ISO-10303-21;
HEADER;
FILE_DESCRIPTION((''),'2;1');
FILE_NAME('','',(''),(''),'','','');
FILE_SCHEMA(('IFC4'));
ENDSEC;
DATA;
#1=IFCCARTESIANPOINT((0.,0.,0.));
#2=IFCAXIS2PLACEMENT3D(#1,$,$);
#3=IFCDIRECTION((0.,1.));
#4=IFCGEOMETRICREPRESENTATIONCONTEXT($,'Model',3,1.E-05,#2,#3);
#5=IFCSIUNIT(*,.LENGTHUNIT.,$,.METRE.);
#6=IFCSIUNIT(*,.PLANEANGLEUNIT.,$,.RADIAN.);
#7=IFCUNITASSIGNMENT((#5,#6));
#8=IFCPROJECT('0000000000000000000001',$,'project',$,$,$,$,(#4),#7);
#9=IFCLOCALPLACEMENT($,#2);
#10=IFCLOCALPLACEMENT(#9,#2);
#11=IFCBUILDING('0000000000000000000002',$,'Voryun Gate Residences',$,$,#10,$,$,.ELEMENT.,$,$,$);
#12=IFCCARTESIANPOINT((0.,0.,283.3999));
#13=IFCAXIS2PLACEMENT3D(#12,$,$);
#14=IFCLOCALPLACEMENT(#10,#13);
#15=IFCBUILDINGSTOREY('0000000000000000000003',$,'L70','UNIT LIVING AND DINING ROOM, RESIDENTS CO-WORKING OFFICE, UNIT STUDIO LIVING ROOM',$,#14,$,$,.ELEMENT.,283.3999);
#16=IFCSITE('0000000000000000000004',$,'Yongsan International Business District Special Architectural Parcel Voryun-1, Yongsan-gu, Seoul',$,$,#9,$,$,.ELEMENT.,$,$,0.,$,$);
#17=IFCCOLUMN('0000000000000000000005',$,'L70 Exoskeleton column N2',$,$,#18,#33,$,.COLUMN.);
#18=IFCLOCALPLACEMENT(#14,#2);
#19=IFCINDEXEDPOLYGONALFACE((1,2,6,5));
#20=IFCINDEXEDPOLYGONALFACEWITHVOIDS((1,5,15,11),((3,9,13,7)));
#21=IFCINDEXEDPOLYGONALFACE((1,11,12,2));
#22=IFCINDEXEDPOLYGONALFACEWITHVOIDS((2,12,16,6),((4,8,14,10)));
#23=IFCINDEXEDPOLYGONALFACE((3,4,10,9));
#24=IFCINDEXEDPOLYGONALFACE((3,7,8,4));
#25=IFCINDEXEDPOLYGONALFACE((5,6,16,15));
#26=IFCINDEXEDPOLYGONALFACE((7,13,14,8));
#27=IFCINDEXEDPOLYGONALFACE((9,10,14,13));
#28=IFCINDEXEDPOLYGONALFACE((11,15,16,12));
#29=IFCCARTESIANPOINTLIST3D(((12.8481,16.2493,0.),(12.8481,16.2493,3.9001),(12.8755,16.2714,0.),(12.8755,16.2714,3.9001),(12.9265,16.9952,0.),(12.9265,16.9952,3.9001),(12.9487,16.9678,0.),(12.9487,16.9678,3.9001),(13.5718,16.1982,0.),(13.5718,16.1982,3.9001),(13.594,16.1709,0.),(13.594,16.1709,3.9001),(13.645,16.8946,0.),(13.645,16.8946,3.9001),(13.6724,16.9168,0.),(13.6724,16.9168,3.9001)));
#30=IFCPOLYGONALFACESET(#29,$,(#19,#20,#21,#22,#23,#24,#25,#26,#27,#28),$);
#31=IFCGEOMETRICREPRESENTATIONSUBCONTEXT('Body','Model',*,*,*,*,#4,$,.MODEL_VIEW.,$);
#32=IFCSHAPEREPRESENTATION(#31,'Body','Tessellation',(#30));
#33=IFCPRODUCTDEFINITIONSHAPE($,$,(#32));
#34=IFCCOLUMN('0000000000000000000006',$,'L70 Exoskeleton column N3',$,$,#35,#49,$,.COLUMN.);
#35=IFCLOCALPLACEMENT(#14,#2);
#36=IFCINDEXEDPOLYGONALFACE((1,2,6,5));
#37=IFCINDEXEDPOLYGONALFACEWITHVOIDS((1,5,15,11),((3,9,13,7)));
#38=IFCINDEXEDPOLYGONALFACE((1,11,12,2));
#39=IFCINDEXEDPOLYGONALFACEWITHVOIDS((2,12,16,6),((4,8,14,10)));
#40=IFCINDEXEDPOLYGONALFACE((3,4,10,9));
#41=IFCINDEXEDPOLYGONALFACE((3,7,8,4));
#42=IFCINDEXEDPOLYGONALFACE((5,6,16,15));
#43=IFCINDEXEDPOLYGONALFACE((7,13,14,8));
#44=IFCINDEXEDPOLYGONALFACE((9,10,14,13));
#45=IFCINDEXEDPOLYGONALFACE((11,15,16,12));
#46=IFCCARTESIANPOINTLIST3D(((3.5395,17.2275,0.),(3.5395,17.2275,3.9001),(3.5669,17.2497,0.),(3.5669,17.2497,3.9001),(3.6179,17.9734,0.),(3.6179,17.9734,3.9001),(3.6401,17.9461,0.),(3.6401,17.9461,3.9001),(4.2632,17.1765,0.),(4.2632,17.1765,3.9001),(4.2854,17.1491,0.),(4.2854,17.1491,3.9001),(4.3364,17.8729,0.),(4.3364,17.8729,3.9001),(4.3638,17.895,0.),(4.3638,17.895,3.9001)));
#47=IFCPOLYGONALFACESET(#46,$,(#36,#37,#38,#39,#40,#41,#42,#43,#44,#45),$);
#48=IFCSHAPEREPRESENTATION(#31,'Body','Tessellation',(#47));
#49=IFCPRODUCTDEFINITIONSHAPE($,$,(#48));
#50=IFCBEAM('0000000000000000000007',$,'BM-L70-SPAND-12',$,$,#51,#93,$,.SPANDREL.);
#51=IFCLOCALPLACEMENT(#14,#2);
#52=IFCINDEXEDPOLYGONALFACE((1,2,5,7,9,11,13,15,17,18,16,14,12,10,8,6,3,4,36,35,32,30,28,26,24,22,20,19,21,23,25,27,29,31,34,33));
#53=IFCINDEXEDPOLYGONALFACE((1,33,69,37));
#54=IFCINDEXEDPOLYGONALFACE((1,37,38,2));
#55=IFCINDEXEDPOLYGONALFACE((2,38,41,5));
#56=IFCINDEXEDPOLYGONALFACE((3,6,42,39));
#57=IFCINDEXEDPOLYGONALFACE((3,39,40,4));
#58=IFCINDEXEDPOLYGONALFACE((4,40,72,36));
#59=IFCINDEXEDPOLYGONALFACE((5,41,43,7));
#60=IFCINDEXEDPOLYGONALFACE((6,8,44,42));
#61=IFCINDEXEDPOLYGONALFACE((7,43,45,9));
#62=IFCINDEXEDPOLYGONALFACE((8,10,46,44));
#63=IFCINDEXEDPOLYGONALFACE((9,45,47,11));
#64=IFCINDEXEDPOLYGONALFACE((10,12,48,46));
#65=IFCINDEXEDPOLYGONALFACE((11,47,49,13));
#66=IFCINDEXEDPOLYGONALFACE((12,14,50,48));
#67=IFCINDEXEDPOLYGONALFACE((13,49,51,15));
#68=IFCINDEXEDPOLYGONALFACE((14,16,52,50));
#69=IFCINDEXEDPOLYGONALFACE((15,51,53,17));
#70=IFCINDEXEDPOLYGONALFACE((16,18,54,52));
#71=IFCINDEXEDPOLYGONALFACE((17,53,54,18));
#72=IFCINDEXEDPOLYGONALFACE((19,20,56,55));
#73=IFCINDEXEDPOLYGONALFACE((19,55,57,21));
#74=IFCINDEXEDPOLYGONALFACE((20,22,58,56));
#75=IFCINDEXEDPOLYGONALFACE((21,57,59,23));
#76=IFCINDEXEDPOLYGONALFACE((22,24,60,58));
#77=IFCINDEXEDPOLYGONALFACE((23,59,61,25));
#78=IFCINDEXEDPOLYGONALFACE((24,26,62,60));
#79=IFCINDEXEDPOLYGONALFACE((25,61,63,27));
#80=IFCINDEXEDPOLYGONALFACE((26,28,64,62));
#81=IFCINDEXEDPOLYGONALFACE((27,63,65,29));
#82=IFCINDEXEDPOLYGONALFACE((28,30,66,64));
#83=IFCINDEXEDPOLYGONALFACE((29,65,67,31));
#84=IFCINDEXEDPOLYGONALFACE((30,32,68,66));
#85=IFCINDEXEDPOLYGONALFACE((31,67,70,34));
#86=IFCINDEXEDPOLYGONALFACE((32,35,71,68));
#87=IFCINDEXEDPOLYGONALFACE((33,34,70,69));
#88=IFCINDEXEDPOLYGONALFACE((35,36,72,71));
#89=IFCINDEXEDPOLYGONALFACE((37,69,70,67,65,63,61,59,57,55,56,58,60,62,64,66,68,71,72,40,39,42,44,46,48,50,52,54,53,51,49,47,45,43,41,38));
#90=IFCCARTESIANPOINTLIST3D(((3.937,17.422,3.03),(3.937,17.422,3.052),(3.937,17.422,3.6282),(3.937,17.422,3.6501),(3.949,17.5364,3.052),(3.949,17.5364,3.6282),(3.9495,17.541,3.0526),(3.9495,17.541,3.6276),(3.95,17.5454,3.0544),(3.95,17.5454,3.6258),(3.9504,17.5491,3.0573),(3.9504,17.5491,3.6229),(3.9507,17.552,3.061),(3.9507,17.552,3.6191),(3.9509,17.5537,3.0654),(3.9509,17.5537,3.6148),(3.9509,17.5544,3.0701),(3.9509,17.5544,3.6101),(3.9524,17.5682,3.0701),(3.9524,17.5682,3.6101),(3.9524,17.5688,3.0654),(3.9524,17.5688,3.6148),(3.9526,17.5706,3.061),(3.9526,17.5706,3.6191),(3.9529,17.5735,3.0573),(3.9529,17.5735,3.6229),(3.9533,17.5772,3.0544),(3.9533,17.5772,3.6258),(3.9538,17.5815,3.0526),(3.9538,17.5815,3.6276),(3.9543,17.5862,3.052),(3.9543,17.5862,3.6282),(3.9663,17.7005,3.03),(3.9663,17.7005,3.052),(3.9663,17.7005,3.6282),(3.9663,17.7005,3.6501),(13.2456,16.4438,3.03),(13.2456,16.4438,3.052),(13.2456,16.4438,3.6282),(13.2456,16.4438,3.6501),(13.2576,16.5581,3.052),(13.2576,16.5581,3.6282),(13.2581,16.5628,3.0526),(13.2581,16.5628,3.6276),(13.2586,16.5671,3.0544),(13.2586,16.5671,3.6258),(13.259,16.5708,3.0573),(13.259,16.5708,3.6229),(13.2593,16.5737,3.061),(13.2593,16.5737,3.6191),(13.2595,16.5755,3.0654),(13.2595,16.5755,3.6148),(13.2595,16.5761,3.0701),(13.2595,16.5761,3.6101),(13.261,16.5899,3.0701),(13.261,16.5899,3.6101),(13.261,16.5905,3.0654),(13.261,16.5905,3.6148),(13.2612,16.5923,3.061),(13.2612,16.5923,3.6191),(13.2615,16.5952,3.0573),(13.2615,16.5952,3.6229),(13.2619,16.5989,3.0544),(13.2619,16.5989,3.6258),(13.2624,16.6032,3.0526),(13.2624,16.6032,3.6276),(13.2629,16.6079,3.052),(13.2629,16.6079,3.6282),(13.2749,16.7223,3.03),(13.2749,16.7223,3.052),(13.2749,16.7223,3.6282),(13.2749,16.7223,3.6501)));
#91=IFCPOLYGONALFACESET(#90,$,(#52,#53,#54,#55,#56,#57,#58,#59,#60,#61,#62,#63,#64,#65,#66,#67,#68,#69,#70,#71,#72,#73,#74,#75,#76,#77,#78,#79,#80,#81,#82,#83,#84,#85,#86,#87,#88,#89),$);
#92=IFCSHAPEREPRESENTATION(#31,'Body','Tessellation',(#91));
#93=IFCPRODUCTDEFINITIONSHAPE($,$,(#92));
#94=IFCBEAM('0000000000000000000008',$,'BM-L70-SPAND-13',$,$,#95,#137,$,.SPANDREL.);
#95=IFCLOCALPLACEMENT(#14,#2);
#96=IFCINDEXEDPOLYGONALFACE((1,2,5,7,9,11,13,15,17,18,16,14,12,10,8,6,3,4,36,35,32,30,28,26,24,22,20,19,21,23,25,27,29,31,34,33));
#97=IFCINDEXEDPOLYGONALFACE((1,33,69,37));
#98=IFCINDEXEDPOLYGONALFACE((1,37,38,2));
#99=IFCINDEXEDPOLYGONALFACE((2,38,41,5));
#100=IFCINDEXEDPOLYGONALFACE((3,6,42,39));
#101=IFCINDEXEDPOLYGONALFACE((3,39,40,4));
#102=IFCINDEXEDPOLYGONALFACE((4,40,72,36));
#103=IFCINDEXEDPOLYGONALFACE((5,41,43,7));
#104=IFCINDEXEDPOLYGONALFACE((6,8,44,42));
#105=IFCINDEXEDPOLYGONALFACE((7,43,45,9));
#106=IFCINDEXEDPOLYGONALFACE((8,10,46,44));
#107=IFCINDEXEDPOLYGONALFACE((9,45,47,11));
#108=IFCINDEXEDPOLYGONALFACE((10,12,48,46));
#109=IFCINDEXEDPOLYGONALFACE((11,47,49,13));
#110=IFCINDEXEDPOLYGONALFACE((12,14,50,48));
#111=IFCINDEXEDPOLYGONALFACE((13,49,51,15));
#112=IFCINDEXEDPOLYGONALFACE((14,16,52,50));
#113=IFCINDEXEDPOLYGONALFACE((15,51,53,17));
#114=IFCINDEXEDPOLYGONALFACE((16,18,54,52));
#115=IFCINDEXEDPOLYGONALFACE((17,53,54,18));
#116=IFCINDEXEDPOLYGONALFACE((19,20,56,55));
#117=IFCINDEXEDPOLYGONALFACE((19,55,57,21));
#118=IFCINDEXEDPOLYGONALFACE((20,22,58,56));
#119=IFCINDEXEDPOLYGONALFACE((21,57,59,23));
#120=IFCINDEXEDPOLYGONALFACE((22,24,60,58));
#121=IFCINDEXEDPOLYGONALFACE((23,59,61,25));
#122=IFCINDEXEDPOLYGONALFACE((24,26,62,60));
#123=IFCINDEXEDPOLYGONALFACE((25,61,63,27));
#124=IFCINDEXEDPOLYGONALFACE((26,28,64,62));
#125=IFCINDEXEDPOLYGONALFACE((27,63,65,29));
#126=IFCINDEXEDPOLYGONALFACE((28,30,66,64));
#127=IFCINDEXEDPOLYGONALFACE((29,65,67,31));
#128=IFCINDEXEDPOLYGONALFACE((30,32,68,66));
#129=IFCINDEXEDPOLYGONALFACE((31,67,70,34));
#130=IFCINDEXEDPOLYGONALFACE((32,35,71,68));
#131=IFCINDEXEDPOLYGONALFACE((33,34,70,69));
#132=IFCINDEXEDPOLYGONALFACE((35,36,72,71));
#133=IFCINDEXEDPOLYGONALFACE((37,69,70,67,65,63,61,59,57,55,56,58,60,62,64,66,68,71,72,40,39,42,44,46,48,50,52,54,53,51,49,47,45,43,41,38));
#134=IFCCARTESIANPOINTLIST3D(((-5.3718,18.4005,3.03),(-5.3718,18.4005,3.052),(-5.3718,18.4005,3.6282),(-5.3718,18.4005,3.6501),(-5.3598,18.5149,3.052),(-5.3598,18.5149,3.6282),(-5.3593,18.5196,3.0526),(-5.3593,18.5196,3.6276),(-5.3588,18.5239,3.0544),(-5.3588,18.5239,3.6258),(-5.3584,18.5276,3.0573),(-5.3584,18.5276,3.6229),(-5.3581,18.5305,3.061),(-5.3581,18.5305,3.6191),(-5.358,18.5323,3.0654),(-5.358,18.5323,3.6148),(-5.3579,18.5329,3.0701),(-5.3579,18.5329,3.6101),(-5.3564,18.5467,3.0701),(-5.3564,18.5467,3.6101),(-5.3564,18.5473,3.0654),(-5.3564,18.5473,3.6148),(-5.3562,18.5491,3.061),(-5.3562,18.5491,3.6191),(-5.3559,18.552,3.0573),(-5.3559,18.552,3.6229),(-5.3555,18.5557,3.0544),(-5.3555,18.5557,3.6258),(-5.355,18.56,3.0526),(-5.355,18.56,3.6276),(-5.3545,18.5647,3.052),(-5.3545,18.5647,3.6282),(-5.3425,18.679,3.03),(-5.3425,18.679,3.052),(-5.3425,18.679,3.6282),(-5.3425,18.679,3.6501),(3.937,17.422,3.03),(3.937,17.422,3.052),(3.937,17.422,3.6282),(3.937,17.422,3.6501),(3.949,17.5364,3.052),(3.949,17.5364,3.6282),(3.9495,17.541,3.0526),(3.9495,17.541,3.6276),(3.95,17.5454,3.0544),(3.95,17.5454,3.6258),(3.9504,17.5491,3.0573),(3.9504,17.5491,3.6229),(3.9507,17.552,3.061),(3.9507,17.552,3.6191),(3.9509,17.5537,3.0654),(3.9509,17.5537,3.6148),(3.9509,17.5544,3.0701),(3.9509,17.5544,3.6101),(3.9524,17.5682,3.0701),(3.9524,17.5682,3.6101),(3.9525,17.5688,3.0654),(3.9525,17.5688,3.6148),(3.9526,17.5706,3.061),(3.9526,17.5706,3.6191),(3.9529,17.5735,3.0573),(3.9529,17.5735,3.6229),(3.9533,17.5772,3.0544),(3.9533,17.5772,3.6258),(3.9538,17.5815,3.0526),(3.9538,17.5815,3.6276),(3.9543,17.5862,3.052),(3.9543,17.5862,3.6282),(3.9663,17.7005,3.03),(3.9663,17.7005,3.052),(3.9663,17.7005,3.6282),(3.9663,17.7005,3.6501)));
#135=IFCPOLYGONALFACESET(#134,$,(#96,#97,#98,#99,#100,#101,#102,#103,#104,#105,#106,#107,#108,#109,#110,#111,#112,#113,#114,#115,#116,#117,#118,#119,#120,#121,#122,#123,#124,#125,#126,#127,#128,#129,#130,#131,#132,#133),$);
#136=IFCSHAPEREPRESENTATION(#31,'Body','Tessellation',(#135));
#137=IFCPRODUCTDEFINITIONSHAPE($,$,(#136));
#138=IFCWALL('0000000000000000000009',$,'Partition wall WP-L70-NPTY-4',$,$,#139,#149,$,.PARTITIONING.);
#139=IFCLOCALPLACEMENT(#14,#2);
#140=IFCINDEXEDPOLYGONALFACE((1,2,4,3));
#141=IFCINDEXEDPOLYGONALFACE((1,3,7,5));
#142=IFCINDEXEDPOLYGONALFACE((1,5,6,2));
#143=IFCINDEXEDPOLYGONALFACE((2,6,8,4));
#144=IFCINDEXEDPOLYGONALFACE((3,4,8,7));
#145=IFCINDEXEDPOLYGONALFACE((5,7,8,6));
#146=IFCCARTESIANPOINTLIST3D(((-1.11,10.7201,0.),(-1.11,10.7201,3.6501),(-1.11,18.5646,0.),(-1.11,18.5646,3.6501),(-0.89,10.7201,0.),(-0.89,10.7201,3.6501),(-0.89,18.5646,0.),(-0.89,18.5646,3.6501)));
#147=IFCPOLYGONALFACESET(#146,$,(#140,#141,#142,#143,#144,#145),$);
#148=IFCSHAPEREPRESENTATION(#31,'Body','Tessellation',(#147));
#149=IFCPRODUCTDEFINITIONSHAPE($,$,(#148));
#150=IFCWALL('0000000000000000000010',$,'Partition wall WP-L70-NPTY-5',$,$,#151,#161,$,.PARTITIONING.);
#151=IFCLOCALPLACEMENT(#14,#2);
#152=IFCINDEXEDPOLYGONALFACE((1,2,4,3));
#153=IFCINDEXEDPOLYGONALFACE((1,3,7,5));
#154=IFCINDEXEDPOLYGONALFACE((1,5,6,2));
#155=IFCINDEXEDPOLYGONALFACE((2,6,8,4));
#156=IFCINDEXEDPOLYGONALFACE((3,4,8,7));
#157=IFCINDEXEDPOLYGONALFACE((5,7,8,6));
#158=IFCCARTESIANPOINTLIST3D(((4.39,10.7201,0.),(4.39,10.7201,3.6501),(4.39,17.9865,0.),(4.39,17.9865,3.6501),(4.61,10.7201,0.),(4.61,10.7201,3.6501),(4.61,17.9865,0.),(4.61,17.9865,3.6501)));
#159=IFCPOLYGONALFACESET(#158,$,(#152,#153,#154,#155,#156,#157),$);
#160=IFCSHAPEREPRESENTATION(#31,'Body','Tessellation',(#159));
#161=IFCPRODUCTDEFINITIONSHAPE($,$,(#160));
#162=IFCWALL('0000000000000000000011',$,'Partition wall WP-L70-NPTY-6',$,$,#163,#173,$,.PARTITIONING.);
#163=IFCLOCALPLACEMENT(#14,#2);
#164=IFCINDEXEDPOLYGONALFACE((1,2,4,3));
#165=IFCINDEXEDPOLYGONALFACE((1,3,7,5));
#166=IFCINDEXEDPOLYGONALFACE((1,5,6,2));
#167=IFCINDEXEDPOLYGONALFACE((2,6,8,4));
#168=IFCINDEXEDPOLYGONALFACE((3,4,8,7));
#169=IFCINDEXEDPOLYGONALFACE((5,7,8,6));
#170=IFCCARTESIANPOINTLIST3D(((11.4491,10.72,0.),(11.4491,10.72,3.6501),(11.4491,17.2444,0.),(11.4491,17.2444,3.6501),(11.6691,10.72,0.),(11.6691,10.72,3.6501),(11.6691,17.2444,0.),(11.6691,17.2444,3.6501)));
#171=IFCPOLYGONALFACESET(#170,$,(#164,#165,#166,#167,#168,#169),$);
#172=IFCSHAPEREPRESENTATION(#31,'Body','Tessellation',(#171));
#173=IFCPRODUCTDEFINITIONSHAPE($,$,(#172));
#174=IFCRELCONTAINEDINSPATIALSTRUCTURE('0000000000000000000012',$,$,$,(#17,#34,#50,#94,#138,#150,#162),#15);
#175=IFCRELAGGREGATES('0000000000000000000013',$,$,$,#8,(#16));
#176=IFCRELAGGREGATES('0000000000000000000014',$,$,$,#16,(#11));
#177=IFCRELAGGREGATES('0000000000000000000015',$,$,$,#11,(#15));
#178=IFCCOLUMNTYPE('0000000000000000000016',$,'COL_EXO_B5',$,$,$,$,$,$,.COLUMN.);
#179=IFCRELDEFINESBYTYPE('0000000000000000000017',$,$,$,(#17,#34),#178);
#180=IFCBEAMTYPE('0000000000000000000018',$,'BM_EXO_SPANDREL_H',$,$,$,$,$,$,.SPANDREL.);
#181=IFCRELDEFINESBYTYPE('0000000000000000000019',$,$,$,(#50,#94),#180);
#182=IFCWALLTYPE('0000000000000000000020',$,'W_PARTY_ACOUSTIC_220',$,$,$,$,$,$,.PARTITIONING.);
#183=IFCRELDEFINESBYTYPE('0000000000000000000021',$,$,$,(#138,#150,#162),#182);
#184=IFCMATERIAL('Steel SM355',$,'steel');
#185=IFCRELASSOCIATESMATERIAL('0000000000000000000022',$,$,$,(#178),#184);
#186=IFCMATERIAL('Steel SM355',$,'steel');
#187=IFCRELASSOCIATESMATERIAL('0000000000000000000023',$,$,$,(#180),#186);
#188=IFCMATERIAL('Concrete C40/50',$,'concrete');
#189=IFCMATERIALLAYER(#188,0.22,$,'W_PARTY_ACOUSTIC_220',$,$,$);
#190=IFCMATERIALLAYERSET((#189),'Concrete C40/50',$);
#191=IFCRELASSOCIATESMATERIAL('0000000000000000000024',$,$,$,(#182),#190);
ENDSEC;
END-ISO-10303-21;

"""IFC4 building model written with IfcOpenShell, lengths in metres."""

from ifc_helpers import new_model, si_unit, direction, frame, frame_2d, origin, origin_2d, place, context, subcontext, project, spatial, rectangle, hollow_rectangle, i_section, extrude, material, layer, layer_set, material_profile, profile_set, type_object, element, save


model = new_model("IFC4")

# Units and contexts
model_context = context("Model", 3, precision=1e-05, world=origin(), true_north=direction((0.0, 1.0)))
body_context = subcontext(model_context, "Body", "Model", "MODEL_VIEW")
ifc_project = project(units=[si_unit("LENGTHUNIT", "METRE"), si_unit("PLANEANGLEUNIT", "RADIAN")], contexts=[model_context])

# Site, building, storey
site_placement = place(None, origin())
site = spatial("IfcSite", under=ifc_project, at=site_placement, Name="Yongsan International Business District Special Architectural Parcel Voryun-1, Yongsan-gu, Seoul", CompositionType="ELEMENT", RefElevation=0.0)
building_placement = place(site_placement, origin())
building = spatial("IfcBuilding", under=site, at=building_placement, Name="Voryun Gate Residences", CompositionType="ELEMENT")
storey_placement = place(building_placement, frame((0.0, 0.0, 283.3999)))
storey = spatial("IfcBuildingStorey", under=building, at=storey_placement, Name="L70", Description="UNIT LIVING AND DINING ROOM, RESIDENTS CO-WORKING OFFICE, UNIT STUDIO LIVING ROOM", CompositionType="ELEMENT", Elevation=283.3999)

# Columns
ifc_material_1 = material(Name="Steel SM355", Category="steel")
ifc_material_profile_1 = material_profile(ifc_material_1, hollow_rectangle(XDim=0.75, YDim=0.75, WallThickness=0.0249, at=origin_2d()), Name="BOX-750x750x25")
ifc_profile_set_1 = profile_set([ifc_material_profile_1], Name="Steel SM355")
column_type = type_object("IfcColumnType", Name="COL_EXO_B5", PredefinedType="COLUMN", material=ifc_profile_set_1)
for number, where, z_axis, x_axis, name in (
    (1, (13.2603, 16.583, 0.0), (0.0, 0.0, 1.0), (0.994522, -0.104528, 0.0), "L70 Exoskeleton column N2"),
    (2, (3.9517, 17.5613, 0.0), (0.0, 0.0, 1.0), (0.994522, -0.104528, 0.0), "L70 Exoskeleton column N3"),
):
    element("IfcColumn", number, at=place(storey_placement, frame(where, z_axis=z_axis, x_axis=x_axis)), inside=storey, type_object=column_type, Name=name, PredefinedType="COLUMN", context=body_context, shape_type="SweptSolid", body=[
        extrude(hollow_rectangle(XDim=0.75, YDim=0.75, WallThickness=0.0249, at=origin_2d()), origin(), (0.0, 0.0, 1.0), 3.9001),
    ])

# Beams
ifc_material_2 = material(Name="Steel SM355", Category="steel")
ifc_material_profile_2 = material_profile(ifc_material_2, i_section(OverallWidth=0.28, OverallDepth=0.6201, WebThickness=0.0139, FlangeThickness=0.022, FilletRadius=0.0181, at=origin_2d()), Name="H-620x280x14x22")
ifc_profile_set_2 = profile_set([ifc_material_profile_2], Name="Steel SM355")
beam_type = type_object("IfcBeamType", Name="BM_EXO_SPANDREL_H", PredefinedType="SPANDREL", material=ifc_profile_set_2)
beam_1_placement = place(storey_placement, frame((13.2603, 16.583, 3.3401), z_axis=(-0.994523, 0.104518, 0.0), x_axis=(-0.104518, -0.994523, 0.0)))
element("IfcBeam", 3, at=beam_1_placement, inside=storey, type_object=beam_type, Name="BM-L70-SPAND-12", PredefinedType="SPANDREL", context=body_context, shape_type="SweptSolid", body=[
    extrude(i_section(OverallWidth=0.28, OverallDepth=0.6201, WebThickness=0.0139, FlangeThickness=0.022, FilletRadius=0.0181, at=origin_2d()), origin(), (0.0, 0.0, 1.0), 9.3599),
])
beam_2_placement = place(storey_placement, frame((3.9517, 17.5613, 3.3401), z_axis=(-0.994521, 0.104541, 0.0), x_axis=(-0.104541, -0.994521, 0.0)))
element("IfcBeam", 4, at=beam_2_placement, inside=storey, type_object=beam_type, Name="BM-L70-SPAND-13", PredefinedType="SPANDREL", context=body_context, shape_type="SweptSolid", body=[
    extrude(i_section(OverallWidth=0.28, OverallDepth=0.6201, WebThickness=0.0139, FlangeThickness=0.022, FilletRadius=0.0181, at=origin_2d()), origin(), (0.0, 0.0, 1.0), 9.3601),
])

# Walls
ifc_material_3 = material(Name="Concrete C40/50", Category="concrete")
ifc_layer_1 = layer(ifc_material_3, 0.22, Name="W_PARTY_ACOUSTIC_220")
ifc_layer_set_1 = layer_set([ifc_layer_1], Name="Concrete C40/50")
wall_type_1 = type_object("IfcWallType", Name="W_PARTY_ACOUSTIC_220", PredefinedType="PARTITIONING", material=ifc_layer_set_1)
wall_1_placement = place(storey_placement, frame((-1.0, 10.72, 0.0), z_axis=(0.0, 0.0, 1.0), x_axis=(0.0, 1.0, 0.0)))
element("IfcWall", 5, at=wall_1_placement, inside=storey, type_object=wall_type_1, Name="Partition wall WP-L70-NPTY-4", PredefinedType="PARTITIONING", context=body_context, shape_type="SweptSolid", body=[
    extrude(rectangle(XDim=7.8445, YDim=0.22, at=frame_2d((3.9224, 0.0))), origin(), (0.0, 0.0, 1.0), 3.6501),
])
wall_2_placement = place(storey_placement, frame((4.5, 10.72, 0.0), z_axis=(0.0, 0.0, 1.0), x_axis=(0.0, 1.0, 0.0)))
element("IfcWall", 6, at=wall_2_placement, inside=storey, type_object=wall_type_1, Name="Partition wall WP-L70-NPTY-5", PredefinedType="PARTITIONING", context=body_context, shape_type="SweptSolid", body=[
    extrude(rectangle(XDim=7.2664, YDim=0.22, at=frame_2d((3.6333, 0.0))), origin(), (0.0, 0.0, 1.0), 3.6501),
])
wall_3_placement = place(storey_placement, frame((11.5591, 10.72, 0.0), z_axis=(0.0, 0.0, 1.0), x_axis=(0.0, 1.0, 0.0)))
element("IfcWall", 7, at=wall_3_placement, inside=storey, type_object=wall_type_1, Name="Partition wall WP-L70-NPTY-6", PredefinedType="PARTITIONING", context=body_context, shape_type="SweptSolid", body=[
    extrude(rectangle(XDim=6.5244, YDim=0.22, at=frame_2d((3.2622, 0.0))), origin(), (0.0, 0.0, 1.0), 3.6501),
])

save(model, "model.ifc")
